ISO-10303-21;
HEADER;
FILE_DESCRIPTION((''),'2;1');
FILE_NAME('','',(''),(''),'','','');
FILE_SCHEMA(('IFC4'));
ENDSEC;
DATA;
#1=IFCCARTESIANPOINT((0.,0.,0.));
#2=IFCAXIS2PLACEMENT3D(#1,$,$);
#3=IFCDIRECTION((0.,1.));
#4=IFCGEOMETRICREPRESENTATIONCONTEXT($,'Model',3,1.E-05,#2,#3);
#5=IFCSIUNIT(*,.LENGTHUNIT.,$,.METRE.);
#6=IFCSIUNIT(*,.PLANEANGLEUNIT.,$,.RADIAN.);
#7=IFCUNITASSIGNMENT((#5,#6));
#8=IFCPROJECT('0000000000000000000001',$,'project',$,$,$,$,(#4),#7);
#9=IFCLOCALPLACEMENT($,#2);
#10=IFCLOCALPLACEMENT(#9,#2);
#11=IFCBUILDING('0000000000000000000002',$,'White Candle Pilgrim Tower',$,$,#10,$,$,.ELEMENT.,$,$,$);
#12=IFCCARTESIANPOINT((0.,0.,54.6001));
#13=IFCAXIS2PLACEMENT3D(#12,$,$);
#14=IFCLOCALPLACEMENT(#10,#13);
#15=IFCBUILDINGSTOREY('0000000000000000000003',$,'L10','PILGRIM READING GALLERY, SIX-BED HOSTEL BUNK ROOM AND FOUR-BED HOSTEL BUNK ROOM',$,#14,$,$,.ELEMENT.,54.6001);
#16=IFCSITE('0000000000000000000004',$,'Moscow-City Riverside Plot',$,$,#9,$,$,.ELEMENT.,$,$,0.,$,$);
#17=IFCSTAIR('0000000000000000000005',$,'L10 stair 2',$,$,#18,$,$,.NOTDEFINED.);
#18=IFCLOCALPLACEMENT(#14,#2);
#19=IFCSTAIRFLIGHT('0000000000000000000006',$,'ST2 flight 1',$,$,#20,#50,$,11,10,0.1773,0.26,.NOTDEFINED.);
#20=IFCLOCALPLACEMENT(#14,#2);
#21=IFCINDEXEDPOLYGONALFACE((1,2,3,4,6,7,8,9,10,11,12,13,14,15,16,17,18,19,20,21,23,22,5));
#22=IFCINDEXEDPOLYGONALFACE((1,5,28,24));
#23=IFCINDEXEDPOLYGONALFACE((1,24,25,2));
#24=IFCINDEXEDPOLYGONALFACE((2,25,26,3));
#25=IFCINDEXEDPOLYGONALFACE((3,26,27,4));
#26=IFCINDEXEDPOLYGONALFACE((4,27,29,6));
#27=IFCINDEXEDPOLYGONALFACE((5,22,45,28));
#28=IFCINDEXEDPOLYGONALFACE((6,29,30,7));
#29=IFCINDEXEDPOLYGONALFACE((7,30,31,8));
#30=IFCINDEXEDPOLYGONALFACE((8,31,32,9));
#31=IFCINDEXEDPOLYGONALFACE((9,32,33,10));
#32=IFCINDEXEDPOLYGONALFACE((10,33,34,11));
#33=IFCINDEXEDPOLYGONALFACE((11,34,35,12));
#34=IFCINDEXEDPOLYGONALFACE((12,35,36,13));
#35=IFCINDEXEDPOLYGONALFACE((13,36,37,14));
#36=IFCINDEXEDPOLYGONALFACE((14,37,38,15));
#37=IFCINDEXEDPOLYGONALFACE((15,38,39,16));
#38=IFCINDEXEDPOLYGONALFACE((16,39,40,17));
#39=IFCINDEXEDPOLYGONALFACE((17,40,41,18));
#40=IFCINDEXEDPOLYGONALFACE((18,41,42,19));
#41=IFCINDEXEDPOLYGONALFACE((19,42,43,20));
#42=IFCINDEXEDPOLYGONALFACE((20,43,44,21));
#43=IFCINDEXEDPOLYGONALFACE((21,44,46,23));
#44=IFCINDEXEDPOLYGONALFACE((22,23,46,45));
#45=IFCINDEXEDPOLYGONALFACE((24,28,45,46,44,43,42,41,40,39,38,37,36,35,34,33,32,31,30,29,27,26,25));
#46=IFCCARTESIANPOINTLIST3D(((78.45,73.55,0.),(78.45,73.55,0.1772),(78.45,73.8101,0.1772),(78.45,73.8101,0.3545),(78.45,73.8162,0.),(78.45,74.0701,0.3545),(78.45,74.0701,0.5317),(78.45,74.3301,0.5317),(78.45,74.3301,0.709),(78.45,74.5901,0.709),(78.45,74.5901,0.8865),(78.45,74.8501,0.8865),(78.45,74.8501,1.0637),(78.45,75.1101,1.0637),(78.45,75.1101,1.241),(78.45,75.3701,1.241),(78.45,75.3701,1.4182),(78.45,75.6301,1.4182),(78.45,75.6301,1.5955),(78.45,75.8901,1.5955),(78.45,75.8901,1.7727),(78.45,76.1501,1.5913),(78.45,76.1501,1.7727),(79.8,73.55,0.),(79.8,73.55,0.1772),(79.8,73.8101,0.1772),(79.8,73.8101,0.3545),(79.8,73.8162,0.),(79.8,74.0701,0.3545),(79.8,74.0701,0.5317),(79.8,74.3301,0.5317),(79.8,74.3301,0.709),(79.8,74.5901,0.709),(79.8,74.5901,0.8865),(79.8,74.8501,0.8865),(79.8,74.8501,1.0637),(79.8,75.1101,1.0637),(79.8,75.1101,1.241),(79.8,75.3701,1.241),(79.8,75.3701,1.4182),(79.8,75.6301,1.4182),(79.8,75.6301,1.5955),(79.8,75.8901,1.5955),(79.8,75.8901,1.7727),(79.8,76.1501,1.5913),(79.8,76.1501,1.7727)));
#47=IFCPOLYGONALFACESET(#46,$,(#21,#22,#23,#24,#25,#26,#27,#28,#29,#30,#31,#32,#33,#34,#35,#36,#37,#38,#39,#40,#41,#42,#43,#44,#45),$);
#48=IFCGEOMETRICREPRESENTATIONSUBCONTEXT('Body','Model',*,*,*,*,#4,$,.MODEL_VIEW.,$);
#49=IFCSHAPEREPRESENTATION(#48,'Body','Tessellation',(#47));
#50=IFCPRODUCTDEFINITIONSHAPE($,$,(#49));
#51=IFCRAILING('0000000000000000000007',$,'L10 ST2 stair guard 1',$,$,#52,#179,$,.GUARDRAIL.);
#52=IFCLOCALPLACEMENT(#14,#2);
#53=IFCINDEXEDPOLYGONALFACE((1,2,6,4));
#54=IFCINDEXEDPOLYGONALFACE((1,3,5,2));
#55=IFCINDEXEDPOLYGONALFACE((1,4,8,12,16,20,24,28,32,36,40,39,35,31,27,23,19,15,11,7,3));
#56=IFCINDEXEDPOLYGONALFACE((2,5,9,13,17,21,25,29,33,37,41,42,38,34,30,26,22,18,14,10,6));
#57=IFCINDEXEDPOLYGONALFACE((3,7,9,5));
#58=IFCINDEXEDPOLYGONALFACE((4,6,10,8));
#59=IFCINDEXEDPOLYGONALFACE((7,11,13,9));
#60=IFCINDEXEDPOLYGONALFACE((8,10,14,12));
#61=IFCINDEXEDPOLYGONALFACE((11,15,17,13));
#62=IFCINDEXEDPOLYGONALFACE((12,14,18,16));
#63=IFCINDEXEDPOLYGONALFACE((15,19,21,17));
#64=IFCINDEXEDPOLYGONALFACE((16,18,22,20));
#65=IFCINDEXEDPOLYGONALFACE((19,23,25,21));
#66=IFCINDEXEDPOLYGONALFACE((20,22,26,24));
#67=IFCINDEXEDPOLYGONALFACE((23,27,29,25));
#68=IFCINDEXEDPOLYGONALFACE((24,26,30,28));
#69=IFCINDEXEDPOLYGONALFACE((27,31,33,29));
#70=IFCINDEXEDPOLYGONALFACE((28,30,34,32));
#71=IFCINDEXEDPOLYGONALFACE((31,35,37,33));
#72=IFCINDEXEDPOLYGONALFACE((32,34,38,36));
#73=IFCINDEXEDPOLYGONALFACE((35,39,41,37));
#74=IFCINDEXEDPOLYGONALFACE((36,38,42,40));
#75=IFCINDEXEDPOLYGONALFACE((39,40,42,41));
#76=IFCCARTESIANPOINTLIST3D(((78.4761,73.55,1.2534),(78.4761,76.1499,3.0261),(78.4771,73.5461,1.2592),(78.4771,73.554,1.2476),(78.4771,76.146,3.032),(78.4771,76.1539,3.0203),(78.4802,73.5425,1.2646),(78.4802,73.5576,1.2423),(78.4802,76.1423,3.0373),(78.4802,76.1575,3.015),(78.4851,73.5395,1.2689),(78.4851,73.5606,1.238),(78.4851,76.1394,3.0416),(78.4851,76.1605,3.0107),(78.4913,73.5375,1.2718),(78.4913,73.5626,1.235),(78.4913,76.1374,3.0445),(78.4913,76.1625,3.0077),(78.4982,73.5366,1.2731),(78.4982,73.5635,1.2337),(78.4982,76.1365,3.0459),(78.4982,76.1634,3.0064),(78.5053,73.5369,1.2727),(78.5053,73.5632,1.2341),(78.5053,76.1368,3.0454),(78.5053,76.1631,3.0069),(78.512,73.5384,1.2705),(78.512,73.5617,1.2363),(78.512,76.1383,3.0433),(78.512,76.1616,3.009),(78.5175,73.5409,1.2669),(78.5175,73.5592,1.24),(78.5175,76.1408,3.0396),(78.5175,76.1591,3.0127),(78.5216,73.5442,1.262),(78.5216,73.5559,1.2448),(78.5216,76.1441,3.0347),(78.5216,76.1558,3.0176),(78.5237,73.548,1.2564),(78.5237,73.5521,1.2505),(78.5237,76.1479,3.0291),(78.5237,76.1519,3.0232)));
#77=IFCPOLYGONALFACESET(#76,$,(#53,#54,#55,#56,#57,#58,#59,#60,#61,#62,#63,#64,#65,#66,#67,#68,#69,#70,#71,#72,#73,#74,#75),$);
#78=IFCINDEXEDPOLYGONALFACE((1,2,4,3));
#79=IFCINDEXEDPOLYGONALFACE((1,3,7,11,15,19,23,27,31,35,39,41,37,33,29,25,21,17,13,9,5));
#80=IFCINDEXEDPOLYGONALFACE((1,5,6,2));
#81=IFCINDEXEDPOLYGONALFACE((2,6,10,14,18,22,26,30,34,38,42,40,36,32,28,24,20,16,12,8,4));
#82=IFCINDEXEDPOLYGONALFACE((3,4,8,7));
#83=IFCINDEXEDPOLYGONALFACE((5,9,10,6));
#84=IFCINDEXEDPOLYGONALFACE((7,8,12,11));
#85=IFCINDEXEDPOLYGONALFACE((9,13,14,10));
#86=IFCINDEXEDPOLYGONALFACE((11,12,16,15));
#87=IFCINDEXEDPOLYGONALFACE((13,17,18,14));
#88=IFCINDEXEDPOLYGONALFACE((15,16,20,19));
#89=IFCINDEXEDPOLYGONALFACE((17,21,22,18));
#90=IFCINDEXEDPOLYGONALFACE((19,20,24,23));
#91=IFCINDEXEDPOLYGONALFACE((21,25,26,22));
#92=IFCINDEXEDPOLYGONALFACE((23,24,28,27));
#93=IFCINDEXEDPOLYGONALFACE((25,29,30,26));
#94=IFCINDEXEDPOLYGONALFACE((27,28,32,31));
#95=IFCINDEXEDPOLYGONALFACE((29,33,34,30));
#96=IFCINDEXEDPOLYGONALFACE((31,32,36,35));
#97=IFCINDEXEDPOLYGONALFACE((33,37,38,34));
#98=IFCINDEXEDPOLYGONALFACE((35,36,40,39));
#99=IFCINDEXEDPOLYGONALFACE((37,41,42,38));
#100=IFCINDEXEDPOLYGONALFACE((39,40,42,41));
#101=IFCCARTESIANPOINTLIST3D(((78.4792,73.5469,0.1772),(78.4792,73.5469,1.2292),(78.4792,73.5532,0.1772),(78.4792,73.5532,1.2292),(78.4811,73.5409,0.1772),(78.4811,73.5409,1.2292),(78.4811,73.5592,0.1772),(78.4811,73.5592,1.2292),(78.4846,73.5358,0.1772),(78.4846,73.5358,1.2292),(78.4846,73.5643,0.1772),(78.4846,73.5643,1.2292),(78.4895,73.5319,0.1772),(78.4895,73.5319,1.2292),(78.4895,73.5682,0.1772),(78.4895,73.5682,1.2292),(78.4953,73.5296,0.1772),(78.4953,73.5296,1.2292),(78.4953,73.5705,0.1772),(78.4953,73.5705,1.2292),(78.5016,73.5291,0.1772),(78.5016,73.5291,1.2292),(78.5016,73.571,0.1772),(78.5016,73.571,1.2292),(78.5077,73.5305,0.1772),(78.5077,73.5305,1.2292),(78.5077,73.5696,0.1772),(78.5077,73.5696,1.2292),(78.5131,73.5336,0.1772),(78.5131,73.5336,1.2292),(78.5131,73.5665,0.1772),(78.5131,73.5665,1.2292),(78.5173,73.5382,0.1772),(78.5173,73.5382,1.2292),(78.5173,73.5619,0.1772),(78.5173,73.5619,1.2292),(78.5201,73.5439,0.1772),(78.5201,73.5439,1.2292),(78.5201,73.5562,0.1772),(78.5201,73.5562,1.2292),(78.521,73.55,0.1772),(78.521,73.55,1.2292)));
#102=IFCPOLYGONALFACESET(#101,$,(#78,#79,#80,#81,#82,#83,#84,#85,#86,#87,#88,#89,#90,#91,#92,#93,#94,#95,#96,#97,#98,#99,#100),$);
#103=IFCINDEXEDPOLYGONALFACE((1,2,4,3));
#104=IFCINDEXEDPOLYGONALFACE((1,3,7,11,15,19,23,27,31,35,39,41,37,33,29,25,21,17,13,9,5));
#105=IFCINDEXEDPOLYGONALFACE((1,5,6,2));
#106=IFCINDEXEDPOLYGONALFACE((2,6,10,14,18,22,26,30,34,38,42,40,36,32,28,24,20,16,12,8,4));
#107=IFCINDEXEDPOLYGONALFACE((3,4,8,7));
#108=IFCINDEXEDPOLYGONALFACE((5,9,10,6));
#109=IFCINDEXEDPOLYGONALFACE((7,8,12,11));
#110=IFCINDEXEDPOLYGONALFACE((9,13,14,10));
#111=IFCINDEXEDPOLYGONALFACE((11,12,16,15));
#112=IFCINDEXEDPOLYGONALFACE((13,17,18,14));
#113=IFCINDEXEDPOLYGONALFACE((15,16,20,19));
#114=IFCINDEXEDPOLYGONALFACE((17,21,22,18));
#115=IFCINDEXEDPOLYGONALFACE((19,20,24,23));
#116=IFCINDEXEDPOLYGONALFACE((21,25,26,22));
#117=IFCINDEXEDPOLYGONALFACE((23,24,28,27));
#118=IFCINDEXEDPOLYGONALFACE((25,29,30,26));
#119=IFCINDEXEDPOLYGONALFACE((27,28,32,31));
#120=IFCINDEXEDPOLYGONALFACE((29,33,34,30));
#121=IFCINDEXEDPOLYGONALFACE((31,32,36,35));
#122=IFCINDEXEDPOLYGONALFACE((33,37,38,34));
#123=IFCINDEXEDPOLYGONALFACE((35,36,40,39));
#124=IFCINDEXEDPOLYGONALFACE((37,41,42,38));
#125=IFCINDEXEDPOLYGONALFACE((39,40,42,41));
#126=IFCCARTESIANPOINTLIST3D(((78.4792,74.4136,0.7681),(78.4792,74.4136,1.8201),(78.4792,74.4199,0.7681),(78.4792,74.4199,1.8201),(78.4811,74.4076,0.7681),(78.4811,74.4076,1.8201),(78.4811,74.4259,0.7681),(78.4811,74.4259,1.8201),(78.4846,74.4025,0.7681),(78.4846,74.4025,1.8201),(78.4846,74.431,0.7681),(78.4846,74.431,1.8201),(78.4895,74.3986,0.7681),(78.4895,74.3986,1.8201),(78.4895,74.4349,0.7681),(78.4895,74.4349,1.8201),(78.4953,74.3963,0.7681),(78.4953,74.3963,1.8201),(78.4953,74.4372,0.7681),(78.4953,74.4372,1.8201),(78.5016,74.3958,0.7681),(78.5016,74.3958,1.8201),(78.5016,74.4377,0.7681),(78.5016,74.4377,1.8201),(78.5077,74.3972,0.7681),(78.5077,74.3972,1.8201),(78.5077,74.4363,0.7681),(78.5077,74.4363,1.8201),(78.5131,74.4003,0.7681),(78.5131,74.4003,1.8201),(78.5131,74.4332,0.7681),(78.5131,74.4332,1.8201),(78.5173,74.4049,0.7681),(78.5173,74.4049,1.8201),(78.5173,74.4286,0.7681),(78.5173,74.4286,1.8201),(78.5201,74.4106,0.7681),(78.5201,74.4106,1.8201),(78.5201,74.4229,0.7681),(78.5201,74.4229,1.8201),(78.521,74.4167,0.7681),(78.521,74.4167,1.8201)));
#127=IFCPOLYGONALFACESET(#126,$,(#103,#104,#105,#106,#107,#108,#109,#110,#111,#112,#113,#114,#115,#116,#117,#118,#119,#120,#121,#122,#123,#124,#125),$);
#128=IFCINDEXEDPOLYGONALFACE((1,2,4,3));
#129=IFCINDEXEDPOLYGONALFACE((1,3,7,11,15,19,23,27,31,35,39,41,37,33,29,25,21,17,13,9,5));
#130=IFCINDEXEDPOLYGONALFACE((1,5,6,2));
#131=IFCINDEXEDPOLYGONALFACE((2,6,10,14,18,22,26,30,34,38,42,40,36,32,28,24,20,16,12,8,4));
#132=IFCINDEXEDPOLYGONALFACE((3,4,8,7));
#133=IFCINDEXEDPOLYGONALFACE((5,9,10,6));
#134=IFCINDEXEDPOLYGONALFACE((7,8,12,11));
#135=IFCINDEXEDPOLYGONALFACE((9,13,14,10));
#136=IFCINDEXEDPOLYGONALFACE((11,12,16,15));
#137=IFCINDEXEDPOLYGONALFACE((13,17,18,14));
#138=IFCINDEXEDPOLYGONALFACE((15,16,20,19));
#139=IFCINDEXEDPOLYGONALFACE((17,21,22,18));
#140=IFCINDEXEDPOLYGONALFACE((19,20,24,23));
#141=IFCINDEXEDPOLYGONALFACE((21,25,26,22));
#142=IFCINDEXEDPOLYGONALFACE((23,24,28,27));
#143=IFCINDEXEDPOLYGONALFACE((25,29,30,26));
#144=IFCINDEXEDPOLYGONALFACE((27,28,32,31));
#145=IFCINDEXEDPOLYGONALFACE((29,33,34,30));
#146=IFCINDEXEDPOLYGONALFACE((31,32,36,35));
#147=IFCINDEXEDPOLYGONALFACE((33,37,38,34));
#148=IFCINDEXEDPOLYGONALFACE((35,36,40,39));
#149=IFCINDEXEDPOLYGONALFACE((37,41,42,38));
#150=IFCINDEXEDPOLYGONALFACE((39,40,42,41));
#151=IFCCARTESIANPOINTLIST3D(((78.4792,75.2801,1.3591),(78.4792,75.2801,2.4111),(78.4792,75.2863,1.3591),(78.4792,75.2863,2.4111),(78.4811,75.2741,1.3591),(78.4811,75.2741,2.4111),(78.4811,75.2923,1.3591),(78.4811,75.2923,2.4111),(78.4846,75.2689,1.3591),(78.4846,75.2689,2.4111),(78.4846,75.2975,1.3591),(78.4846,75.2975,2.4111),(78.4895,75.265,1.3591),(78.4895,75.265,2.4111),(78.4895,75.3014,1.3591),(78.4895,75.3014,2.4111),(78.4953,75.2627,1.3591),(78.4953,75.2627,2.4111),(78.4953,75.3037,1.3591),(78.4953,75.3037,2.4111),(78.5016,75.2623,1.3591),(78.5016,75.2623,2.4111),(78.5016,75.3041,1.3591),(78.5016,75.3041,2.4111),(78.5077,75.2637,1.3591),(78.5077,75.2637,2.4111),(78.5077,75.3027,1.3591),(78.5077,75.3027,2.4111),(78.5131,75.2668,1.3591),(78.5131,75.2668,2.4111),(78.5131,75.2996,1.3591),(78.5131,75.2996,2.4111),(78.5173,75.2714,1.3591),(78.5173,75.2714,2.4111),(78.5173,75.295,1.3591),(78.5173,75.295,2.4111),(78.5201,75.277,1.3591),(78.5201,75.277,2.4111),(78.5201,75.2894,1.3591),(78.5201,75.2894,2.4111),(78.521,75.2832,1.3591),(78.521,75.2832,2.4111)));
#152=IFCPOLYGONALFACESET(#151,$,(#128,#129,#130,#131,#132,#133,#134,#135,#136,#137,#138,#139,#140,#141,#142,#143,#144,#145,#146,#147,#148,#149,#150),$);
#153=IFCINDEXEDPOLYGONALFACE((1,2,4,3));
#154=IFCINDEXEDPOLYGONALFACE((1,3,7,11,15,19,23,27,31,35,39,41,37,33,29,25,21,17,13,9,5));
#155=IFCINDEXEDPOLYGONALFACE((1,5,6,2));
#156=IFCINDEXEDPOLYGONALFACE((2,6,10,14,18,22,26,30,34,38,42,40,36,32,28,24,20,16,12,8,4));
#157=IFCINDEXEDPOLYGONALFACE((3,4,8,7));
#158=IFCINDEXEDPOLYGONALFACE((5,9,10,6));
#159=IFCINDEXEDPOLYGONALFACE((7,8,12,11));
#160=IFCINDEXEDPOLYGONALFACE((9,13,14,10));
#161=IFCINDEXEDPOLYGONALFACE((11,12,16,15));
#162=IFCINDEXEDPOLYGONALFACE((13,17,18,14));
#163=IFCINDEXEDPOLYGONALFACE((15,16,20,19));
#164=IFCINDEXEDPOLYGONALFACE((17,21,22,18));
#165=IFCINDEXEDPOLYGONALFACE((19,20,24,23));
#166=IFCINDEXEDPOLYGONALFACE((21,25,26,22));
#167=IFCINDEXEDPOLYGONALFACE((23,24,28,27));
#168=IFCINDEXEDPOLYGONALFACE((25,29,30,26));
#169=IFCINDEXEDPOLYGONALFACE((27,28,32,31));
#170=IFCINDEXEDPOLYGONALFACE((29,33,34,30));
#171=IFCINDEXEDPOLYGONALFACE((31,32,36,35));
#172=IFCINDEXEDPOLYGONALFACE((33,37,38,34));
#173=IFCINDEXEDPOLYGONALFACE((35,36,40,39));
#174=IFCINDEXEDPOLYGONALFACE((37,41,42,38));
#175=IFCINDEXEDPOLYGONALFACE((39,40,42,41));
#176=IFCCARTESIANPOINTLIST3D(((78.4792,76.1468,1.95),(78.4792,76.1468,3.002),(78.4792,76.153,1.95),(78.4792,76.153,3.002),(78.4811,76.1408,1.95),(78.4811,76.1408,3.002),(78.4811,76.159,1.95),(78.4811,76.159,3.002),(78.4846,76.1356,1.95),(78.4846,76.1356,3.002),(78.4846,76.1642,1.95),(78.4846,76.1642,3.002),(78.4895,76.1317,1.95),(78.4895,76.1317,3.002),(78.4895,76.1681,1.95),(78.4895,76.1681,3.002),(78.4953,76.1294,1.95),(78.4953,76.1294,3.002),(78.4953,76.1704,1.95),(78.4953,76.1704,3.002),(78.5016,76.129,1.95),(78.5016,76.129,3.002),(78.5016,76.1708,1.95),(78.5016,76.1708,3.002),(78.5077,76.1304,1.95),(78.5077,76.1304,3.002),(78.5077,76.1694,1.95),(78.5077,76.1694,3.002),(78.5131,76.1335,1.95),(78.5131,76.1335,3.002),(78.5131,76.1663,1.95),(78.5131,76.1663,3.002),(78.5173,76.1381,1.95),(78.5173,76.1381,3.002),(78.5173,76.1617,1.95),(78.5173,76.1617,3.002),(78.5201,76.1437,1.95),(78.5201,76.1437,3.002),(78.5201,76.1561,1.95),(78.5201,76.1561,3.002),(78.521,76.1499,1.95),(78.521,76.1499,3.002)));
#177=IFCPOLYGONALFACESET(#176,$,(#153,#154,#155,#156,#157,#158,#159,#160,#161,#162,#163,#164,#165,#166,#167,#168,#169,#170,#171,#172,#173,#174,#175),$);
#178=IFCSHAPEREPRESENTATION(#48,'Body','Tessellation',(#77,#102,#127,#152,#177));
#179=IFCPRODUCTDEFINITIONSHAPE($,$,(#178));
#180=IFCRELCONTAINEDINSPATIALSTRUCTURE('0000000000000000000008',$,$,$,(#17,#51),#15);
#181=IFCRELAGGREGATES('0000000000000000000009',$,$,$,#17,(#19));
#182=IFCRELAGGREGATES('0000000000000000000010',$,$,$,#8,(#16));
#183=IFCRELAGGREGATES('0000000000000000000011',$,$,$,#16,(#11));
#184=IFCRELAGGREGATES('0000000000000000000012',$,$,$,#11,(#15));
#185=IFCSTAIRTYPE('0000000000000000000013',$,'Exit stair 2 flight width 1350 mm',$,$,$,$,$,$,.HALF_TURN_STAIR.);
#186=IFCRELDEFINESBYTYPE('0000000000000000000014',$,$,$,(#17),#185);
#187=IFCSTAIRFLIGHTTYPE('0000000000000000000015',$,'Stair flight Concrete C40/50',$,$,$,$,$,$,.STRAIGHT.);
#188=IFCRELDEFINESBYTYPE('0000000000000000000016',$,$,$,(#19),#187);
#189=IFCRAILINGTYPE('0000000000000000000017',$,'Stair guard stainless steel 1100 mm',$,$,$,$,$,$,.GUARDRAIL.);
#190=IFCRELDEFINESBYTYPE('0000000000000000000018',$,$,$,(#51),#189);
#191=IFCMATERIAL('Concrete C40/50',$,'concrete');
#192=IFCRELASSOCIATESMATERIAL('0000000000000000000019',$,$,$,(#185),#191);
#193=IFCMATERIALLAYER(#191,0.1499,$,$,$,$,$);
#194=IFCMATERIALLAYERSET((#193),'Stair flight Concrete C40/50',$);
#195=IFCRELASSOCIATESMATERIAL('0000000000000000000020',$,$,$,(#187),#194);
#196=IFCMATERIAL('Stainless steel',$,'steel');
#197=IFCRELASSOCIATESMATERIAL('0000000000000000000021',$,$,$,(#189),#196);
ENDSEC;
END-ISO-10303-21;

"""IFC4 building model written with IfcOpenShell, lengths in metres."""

from ifc_helpers import new_model, si_unit, direction, frame, origin, origin_2d, place, context, subcontext, project, spatial, polyline, circle, outline, extrude, material, layer, layer_set, type_object, element, aggregate, save


model = new_model("IFC4")

# Units and contexts
model_context = context("Model", 3, precision=1e-05, world=origin(), true_north=direction((0.0, 1.0)))
body_context = subcontext(model_context, "Body", "Model", "MODEL_VIEW")
ifc_project = project(units=[si_unit("LENGTHUNIT", "METRE"), si_unit("PLANEANGLEUNIT", "RADIAN")], contexts=[model_context])

# Site, building, storey
site_placement = place(None, origin())
site = spatial("IfcSite", under=ifc_project, at=site_placement, Name="Moscow-City Riverside Plot", CompositionType="ELEMENT", RefElevation=0.0)
building_placement = place(site_placement, origin())
building = spatial("IfcBuilding", under=site, at=building_placement, Name="White Candle Pilgrim Tower", CompositionType="ELEMENT")
storey_placement = place(building_placement, frame((0.0, 0.0, 54.6001)))
storey = spatial("IfcBuildingStorey", under=building, at=storey_placement, Name="L10", Description="PILGRIM READING GALLERY, SIX-BED HOSTEL BUNK ROOM AND FOUR-BED HOSTEL BUNK ROOM", CompositionType="ELEMENT", Elevation=54.6001)

# Stair, stair flight
ifc_material_1 = material(Name="Concrete C40/50", Category="concrete")
stair_type = type_object("IfcStairType", Name="Exit stair 2 flight width 1350 mm", PredefinedType="HALF_TURN_STAIR", material=ifc_material_1)
stair_placement = place(storey_placement, origin())
stair = element("IfcStair", 1, at=stair_placement, inside=storey, type_object=stair_type, Name="L10 stair 2", PredefinedType="NOTDEFINED")
ifc_layer_1 = layer(ifc_material_1, 0.1499)
ifc_layer_set_1 = layer_set([ifc_layer_1], Name="Stair flight Concrete C40/50")
stair_flight_type = type_object("IfcStairFlightType", Name="Stair flight Concrete C40/50", PredefinedType="STRAIGHT", material=ifc_layer_set_1)
stair_flight_placement = place(storey_placement, frame((79.125, 73.55, 0.0), z_axis=(0.0, 0.0, 1.0), x_axis=(0.0, 1.0, 0.0)))
stair_flight = element("IfcStairFlight", 2, at=stair_flight_placement, type_object=stair_flight_type, Name="ST2 flight 1", NumberOfRisers=11, NumberOfTreads=10, PredefinedType="NOTDEFINED", RiserHeight=0.1773, TreadLength=0.26, context=body_context, shape_type="SweptSolid", body=[
    extrude(outline(polyline([(0.0, 0.0), (0.0, 0.1772), (0.26, 0.1772), (0.26, 0.3545), (0.52, 0.3545), (0.52, 0.5317), (0.78, 0.5317), (0.78, 0.709), (1.04, 0.709), (1.04, 0.8865), (1.3, 0.8865), (1.3, 1.0637), (1.5601, 1.0637), (1.5601, 1.241), (1.8201, 1.241), (1.8201, 1.4182), (2.0801, 1.4182), (2.0801, 1.5955), (2.3401, 1.5955), (2.3401, 1.7727), (2.6001, 1.7727), (2.6001, 1.95), (2.6001, 1.5913), (0.2661, 0.0), (0.0, 0.0)])), frame((0.0, 0.675, 0.0), z_axis=(0.0, -1.0, 0.0), x_axis=(1.0, 0.0, 0.0)), (0.0, 0.0, 1.0), 1.3501),
])
aggregate(stair, [stair_flight])

# Railing
ifc_material_2 = material(Name="Stainless steel", Category="steel")
railing_type_1 = type_object("IfcRailingType", Name="Stair guard stainless steel 1100 mm", PredefinedType="GUARDRAIL", material=ifc_material_2)
railing_1_placement = place(storey_placement, frame((78.5, 73.55, 0.1772)))
element("IfcRailing", 3, at=railing_1_placement, inside=storey, type_object=railing_type_1, Name="L10 ST2 stair guard 1", PredefinedType="GUARDRAIL", context=body_context, shape_type="SweptSolid", body=[
    extrude(circle(Radius=0.0239, at=origin_2d()), frame((0.0, 0.0, 1.0762), z_axis=(0.0, 0.826216, 0.563354), x_axis=(-1.0, 0.0, 0.0)), (0.0, 0.0, 1.0), 3.1467),
    extrude(circle(Radius=0.021, at=origin_2d()), origin(), (0.0, 0.0, 1.0), 1.052),
    extrude(circle(Radius=0.021, at=origin_2d()), frame((0.0, 0.8667, 0.5908)), (0.0, 0.0, 1.0), 1.052),
    extrude(circle(Radius=0.021, at=origin_2d()), frame((0.0, 1.7332, 1.1819)), (0.0, 0.0, 1.0), 1.052),
    extrude(circle(Radius=0.021, at=origin_2d()), frame((0.0, 2.5999, 1.7727)), (0.0, 0.0, 1.0), 1.052),
])

save(model, "model.ifc")
